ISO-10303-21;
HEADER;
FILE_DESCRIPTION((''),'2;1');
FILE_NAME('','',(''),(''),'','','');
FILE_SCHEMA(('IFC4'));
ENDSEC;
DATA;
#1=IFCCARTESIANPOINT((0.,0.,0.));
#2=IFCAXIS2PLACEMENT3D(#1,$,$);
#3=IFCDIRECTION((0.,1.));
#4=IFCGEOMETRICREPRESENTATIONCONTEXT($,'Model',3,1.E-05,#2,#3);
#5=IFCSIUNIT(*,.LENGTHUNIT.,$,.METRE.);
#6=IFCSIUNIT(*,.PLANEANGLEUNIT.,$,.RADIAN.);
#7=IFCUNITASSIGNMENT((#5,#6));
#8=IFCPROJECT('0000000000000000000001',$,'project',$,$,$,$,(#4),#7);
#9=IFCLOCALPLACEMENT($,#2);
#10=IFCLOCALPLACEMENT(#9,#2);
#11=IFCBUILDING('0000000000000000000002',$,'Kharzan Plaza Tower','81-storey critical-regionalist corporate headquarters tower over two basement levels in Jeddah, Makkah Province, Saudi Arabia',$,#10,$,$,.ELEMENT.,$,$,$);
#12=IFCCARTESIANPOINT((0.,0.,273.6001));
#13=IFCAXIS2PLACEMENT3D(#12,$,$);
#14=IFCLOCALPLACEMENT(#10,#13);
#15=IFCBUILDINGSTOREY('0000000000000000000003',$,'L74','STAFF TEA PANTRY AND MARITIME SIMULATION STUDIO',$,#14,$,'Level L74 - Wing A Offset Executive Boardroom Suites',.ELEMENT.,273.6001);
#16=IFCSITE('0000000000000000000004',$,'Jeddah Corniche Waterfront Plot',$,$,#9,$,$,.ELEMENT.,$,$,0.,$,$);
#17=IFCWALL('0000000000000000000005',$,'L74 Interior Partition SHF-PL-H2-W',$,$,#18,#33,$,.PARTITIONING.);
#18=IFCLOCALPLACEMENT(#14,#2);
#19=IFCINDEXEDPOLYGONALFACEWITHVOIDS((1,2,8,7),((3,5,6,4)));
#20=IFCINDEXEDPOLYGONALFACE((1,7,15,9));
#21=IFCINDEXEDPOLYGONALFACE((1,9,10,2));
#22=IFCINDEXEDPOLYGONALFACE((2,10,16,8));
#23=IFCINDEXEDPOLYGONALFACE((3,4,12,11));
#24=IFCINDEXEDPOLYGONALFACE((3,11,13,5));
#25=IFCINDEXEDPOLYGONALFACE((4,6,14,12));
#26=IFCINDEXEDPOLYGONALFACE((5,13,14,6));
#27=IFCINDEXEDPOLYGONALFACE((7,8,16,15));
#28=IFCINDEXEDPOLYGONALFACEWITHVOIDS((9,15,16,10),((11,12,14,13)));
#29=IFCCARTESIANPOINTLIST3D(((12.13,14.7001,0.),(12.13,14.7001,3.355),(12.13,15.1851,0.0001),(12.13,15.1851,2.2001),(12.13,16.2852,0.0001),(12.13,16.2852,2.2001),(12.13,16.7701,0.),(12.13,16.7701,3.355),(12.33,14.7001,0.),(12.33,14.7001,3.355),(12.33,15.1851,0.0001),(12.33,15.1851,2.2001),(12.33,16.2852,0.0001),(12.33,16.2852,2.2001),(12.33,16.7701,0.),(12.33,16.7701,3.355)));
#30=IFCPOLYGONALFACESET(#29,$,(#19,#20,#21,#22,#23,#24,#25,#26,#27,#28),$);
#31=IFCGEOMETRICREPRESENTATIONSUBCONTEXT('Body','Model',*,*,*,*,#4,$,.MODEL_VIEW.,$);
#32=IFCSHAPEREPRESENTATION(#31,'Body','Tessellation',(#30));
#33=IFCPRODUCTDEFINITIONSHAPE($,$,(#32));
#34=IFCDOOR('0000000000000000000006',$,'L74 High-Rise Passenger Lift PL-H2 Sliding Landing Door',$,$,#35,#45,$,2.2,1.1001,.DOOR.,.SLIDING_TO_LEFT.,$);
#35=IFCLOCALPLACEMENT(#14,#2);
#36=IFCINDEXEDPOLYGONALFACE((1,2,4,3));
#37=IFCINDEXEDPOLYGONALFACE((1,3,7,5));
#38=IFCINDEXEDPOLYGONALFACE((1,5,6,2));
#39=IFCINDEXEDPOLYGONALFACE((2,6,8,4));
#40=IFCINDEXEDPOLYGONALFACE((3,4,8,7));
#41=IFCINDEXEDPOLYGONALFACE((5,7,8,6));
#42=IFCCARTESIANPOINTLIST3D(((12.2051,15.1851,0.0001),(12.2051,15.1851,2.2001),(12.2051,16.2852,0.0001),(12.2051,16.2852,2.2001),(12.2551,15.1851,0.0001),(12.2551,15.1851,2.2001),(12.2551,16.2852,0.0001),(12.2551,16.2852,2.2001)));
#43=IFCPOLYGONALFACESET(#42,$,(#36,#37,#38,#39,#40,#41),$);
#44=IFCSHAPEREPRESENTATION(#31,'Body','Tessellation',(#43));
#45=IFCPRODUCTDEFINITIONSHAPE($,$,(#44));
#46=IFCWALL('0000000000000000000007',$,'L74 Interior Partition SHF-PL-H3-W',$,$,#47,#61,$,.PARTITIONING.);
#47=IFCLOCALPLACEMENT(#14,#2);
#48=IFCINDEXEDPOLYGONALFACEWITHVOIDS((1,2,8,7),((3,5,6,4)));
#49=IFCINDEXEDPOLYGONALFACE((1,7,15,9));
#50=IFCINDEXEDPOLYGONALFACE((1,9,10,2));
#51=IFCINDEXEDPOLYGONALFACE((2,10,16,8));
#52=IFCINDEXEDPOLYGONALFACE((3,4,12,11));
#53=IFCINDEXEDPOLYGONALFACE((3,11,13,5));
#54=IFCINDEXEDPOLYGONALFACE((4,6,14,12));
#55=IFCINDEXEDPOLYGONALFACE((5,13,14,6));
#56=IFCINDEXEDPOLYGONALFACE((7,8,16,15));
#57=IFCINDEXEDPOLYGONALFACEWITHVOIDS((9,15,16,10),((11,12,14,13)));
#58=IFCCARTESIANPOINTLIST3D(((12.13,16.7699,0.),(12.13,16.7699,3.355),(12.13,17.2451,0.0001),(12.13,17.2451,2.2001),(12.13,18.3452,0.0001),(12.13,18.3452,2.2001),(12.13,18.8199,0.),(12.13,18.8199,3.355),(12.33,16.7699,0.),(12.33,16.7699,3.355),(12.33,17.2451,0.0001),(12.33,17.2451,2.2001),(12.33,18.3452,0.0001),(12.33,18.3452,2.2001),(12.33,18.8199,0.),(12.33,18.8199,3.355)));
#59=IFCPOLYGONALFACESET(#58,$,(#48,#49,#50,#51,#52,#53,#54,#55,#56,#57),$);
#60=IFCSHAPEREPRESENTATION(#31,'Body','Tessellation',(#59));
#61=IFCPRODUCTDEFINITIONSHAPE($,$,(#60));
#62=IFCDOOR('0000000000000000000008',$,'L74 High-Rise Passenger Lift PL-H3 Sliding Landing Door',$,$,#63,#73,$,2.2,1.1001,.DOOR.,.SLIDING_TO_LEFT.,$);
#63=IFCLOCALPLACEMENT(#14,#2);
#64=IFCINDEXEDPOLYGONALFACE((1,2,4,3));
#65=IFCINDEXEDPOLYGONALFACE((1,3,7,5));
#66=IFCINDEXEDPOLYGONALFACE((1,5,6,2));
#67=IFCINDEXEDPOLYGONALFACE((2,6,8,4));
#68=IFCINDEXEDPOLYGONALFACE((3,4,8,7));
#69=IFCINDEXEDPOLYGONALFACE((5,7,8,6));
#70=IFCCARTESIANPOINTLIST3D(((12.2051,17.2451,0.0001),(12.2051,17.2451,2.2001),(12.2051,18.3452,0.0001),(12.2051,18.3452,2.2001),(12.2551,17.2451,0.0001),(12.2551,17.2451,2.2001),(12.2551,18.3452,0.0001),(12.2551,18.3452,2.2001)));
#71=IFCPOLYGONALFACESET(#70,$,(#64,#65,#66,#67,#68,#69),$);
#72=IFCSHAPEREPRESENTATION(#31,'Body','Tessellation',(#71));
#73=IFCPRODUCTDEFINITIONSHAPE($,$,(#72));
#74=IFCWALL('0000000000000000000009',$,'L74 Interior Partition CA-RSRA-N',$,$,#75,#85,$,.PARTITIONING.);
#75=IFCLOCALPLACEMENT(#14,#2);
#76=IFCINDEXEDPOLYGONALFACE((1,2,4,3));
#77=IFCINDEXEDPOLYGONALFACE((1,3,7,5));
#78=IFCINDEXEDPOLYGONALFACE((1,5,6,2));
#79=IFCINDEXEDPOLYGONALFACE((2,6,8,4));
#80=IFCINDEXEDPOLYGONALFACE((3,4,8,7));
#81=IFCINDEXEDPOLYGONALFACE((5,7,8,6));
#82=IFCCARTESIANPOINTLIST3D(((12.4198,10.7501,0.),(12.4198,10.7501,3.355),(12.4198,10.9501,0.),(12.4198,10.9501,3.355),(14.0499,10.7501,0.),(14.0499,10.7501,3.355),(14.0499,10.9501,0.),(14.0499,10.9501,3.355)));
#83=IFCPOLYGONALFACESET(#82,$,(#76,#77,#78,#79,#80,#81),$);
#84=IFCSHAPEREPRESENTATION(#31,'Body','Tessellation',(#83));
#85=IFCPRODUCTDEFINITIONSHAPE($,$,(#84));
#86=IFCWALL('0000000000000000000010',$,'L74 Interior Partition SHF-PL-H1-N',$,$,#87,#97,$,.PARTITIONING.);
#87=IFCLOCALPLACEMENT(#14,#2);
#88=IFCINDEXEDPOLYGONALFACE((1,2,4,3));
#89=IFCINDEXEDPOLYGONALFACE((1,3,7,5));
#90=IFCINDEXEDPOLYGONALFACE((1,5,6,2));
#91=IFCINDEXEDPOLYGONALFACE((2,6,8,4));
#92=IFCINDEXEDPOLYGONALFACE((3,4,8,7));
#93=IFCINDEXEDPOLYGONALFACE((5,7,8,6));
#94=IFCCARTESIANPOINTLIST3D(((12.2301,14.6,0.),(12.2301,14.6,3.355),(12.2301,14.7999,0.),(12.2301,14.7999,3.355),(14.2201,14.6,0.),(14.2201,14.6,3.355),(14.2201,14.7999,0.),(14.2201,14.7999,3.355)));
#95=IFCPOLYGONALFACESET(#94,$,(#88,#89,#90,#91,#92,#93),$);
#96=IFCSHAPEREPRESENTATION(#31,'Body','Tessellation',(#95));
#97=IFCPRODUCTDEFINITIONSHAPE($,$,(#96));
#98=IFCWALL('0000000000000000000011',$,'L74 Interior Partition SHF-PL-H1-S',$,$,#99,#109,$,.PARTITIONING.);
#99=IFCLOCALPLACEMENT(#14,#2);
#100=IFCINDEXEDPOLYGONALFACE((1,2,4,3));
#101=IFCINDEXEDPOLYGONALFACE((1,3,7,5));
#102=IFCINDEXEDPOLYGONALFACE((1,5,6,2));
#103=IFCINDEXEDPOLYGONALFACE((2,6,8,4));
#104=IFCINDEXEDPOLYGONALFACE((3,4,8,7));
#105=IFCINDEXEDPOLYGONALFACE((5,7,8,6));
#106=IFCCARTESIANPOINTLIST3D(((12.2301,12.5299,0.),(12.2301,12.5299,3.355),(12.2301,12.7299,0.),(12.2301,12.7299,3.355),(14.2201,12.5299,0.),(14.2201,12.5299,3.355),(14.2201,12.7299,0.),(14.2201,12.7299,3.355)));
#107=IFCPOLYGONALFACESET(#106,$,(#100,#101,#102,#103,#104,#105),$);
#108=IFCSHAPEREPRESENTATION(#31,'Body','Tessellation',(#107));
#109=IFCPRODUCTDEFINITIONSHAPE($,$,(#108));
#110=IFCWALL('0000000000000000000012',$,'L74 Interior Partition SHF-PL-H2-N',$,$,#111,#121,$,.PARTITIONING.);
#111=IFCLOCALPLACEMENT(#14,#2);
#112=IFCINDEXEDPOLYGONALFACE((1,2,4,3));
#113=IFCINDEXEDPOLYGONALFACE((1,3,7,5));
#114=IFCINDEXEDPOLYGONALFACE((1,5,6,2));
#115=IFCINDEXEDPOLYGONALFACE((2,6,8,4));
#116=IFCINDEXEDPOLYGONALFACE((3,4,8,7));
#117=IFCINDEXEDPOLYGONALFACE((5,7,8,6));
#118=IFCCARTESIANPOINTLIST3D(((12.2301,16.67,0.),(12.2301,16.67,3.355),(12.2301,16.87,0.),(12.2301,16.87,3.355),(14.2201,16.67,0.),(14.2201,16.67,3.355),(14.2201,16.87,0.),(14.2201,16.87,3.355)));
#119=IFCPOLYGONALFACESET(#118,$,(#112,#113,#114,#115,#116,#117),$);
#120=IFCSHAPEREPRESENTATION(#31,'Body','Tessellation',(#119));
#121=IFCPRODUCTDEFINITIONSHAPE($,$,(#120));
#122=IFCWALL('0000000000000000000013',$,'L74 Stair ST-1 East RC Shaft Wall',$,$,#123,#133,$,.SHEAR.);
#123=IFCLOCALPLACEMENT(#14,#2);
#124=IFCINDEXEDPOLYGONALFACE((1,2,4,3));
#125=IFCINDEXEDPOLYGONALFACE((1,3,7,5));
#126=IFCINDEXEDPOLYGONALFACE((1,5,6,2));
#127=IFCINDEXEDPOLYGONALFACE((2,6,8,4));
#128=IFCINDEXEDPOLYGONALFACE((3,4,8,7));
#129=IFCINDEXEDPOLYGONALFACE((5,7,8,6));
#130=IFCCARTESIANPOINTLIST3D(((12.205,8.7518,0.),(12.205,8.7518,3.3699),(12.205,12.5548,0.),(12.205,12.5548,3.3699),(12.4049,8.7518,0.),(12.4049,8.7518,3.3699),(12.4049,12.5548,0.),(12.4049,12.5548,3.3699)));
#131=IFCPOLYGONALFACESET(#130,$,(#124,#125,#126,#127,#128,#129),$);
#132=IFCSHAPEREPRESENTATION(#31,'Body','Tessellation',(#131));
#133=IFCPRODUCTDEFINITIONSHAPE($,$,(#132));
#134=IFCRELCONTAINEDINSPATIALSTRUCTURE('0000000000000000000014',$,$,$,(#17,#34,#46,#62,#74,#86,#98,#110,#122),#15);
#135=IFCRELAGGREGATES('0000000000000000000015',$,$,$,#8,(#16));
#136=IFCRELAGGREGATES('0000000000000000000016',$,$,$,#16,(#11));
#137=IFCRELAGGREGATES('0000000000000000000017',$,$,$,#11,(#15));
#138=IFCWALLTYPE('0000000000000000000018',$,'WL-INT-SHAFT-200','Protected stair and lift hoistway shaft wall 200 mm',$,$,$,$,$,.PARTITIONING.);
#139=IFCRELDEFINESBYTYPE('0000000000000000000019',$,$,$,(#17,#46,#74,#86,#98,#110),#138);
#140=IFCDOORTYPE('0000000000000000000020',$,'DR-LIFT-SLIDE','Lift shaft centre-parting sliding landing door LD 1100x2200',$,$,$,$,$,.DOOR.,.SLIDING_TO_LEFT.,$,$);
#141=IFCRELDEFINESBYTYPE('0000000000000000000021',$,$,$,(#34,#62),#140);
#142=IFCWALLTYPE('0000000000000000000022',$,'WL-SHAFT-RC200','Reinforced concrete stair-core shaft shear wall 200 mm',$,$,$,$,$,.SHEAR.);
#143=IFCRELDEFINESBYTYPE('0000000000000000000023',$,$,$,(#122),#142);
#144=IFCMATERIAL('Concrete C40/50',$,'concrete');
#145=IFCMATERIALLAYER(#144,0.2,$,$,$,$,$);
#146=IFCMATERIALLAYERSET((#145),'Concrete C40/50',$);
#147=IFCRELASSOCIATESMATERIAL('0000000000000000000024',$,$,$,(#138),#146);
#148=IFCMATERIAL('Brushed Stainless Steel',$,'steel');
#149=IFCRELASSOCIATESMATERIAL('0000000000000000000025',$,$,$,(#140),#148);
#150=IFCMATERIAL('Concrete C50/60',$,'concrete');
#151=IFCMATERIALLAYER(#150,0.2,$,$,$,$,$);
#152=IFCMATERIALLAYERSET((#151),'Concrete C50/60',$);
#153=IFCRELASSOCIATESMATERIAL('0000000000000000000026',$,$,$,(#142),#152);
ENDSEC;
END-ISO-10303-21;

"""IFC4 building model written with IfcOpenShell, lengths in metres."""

from ifc_helpers import new_model, si_unit, direction, frame, frame_2d, origin, place, context, subcontext, project, spatial, rectangle, extrude, source, transform, mapped, material, layer, layer_set, type_object, element, fill, save


model = new_model("IFC4")

# Units and contexts
model_context = context("Model", 3, precision=1e-05, world=origin(), true_north=direction((0.0, 1.0)))
body_context = subcontext(model_context, "Body", "Model", "MODEL_VIEW")
ifc_project = project(units=[si_unit("LENGTHUNIT", "METRE"), si_unit("PLANEANGLEUNIT", "RADIAN")], contexts=[model_context])

# Site, building, storey
site_placement = place(None, origin())
site = spatial("IfcSite", under=ifc_project, at=site_placement, Name="Jeddah Corniche Waterfront Plot", CompositionType="ELEMENT", RefElevation=0.0)
building_placement = place(site_placement, origin())
building = spatial("IfcBuilding", under=site, at=building_placement, Name="Kharzan Plaza Tower", Description="81-storey critical-regionalist corporate headquarters tower over two basement levels in Jeddah, Makkah Province, Saudi Arabia", CompositionType="ELEMENT")
storey_placement = place(building_placement, frame((0.0, 0.0, 273.6001)))
storey = spatial("IfcBuildingStorey", under=building, at=storey_placement, Name="L74", Description="STAFF TEA PANTRY AND MARITIME SIMULATION STUDIO", LongName="Level L74 - Wing A Offset Executive Boardroom Suites", CompositionType="ELEMENT", Elevation=273.6001)

# Walls, openings, doors
ifc_material_1 = material(Name="Concrete C40/50", Category="concrete")
ifc_layer_1 = layer(ifc_material_1, 0.2)
ifc_layer_set_1 = layer_set([ifc_layer_1], Name="Concrete C40/50")
wall_type_1 = type_object("IfcWallType", Name="WL-INT-SHAFT-200", Description="Protected stair and lift hoistway shaft wall 200 mm", PredefinedType="PARTITIONING", material=ifc_layer_set_1)
ifc_material_2 = material(Name="Brushed Stainless Steel", Category="steel")
door_type_1 = type_object("IfcDoorType", Name="DR-LIFT-SLIDE", Description="Lift shaft centre-parting sliding landing door LD 1100x2200", OperationType="SLIDING_TO_LEFT", PredefinedType="DOOR", material=ifc_material_2)
shared_shape_1 = source(origin(), body_context, "Body", "SweptSolid", [
    extrude(rectangle(XDim=1.1001, YDim=2.2, at=frame_2d((0.55, 1.1001))), frame((0.0, 0.0249, 0.0), z_axis=(0.0, -1.0, 0.0), x_axis=(1.0, 0.0, 0.0)), (0.0, 0.0, 1.0), 0.05),
])
wall_1_placement = place(storey_placement, frame((12.23, 14.7, 0.0), z_axis=(0.0, 0.0, 1.0), x_axis=(0.0, 1.0, 0.0)))
wall_1 = element("IfcWall", 1, at=wall_1_placement, inside=storey, type_object=wall_type_1, Name="L74 Interior Partition SHF-PL-H2-W", PredefinedType="PARTITIONING", context=body_context, shape_type="SweptSolid", body=[
    extrude(rectangle(XDim=2.0701, YDim=0.2, at=frame_2d((1.0352, 0.0))), origin(), (0.0, 0.0, 1.0), 3.355),
])
opening_1_placement = place(wall_1_placement, frame((0.4851, 0.0, 0.0)))
opening_1 = element("IfcOpeningElement", 2, at=opening_1_placement, cuts=wall_1, PredefinedType="OPENING", context=body_context, shape_type="SweptSolid", body=[
    extrude(rectangle(XDim=1.1001, YDim=2.2, at=frame_2d((0.55, 1.1001))), frame((0.0, 0.1099, 0.0), z_axis=(0.0, -1.0, 0.0), x_axis=(1.0, 0.0, 0.0)), (0.0, 0.0, 1.0), 0.22),
])
door_1_placement = place(opening_1_placement, origin())
door_1 = element("IfcDoor", 3, at=door_1_placement, inside=storey, type_object=door_type_1, Name="L74 High-Rise Passenger Lift PL-H2 Sliding Landing Door", OperationType="SLIDING_TO_LEFT", OverallHeight=2.2, OverallWidth=1.1001, PredefinedType="DOOR", context=body_context, shape_type="MappedRepresentation", body=[
    mapped(shared_shape_1, transform((0.0, 0.0, 0.0), x_axis=(1.0, 0.0, 0.0), y_axis=(0.0, 1.0, 0.0), z_axis=(0.0, 0.0, 1.0))),
])
fill(opening_1, door_1)
wall_2_placement = place(storey_placement, frame((12.23, 16.77, 0.0), z_axis=(0.0, 0.0, 1.0), x_axis=(0.0, 1.0, 0.0)))
wall_2 = element("IfcWall", 4, at=wall_2_placement, inside=storey, type_object=wall_type_1, Name="L74 Interior Partition SHF-PL-H3-W", PredefinedType="PARTITIONING", context=body_context, shape_type="SweptSolid", body=[
    extrude(rectangle(XDim=2.05, YDim=0.2, at=frame_2d((1.0249, 0.0))), origin(), (0.0, 0.0, 1.0), 3.355),
])
opening_2_placement = place(wall_2_placement, frame((0.4751, 0.0, 0.0)))
opening_2 = element("IfcOpeningElement", 5, at=opening_2_placement, cuts=wall_2, PredefinedType="OPENING", context=body_context, shape_type="SweptSolid", body=[
    extrude(rectangle(XDim=1.1001, YDim=2.2, at=frame_2d((0.55, 1.1001))), frame((0.0, 0.1099, 0.0), z_axis=(0.0, -1.0, 0.0), x_axis=(1.0, 0.0, 0.0)), (0.0, 0.0, 1.0), 0.22),
])
door_2_placement = place(opening_2_placement, origin())
door_2 = element("IfcDoor", 6, at=door_2_placement, inside=storey, type_object=door_type_1, Name="L74 High-Rise Passenger Lift PL-H3 Sliding Landing Door", OperationType="SLIDING_TO_LEFT", OverallHeight=2.2, OverallWidth=1.1001, PredefinedType="DOOR", context=body_context, shape_type="MappedRepresentation", body=[
    mapped(shared_shape_1, transform((0.0, 0.0, 0.0), x_axis=(1.0, 0.0, 0.0), y_axis=(0.0, 1.0, 0.0), z_axis=(0.0, 0.0, 1.0))),
])
fill(opening_2, door_2)

# Walls
shared_shape_2 = source(origin(), body_context, "Body", "SweptSolid", [
    extrude(rectangle(XDim=1.6301, YDim=0.2, at=frame_2d((0.8149, 0.0))), origin(), (0.0, 0.0, 1.0), 3.355),
])
wall_3_placement = place(storey_placement, frame((12.4199, 10.8501, 0.0), z_axis=(0.0, 0.0, 1.0), x_axis=(1.0, 0.0, 0.0)))
element("IfcWall", 7, at=wall_3_placement, inside=storey, type_object=wall_type_1, Name="L74 Interior Partition CA-RSRA-N", PredefinedType="PARTITIONING", context=body_context, shape_type="MappedRepresentation", body=[
    mapped(shared_shape_2, transform((0.0, 0.0, 0.0), x_axis=(1.0, 0.0, 0.0), y_axis=(0.0, 1.0, 0.0), z_axis=(0.0, 0.0, 1.0))),
])
shared_shape_3 = source(origin(), body_context, "Body", "SweptSolid", [
    extrude(rectangle(XDim=1.99, YDim=0.2, at=frame_2d((0.9951, 0.0))), origin(), (0.0, 0.0, 1.0), 3.355),
])
for number, where, z_axis, x_axis, name in (
    (8, (12.23, 14.7, 0.0), (0.0, 0.0, 1.0), (1.0, 0.0, 0.0), "L74 Interior Partition SHF-PL-H1-N"),
    (9, (12.23, 12.6299, 0.0), (0.0, 0.0, 1.0), (1.0, 0.0, 0.0), "L74 Interior Partition SHF-PL-H1-S"),
    (10, (12.23, 16.77, 0.0), (0.0, 0.0, 1.0), (1.0, 0.0, 0.0), "L74 Interior Partition SHF-PL-H2-N"),
):
    element("IfcWall", number, at=place(storey_placement, frame(where, z_axis=z_axis, x_axis=x_axis)), inside=storey, type_object=wall_type_1, Name=name, PredefinedType="PARTITIONING", context=body_context, shape_type="MappedRepresentation", body=[
        mapped(shared_shape_3, transform((0.0, 0.0, 0.0), x_axis=(1.0, 0.0, 0.0), y_axis=(0.0, 1.0, 0.0), z_axis=(0.0, 0.0, 1.0))),
    ])
ifc_material_3 = material(Name="Concrete C50/60", Category="concrete")
ifc_layer_2 = layer(ifc_material_3, 0.2)
ifc_layer_set_2 = layer_set([ifc_layer_2], Name="Concrete C50/60")
wall_type_2 = type_object("IfcWallType", Name="WL-SHAFT-RC200", Description="Reinforced concrete stair-core shaft shear wall 200 mm", PredefinedType="SHEAR", material=ifc_layer_set_2)
shared_shape_4 = source(origin(), body_context, "Body", "SweptSolid", [
    extrude(rectangle(XDim=3.803, YDim=0.2, at=frame_2d((1.9014, 0.0))), origin(), (0.0, 0.0, 1.0), 3.3699),
])
wall_4_placement = place(storey_placement, frame((12.3049, 8.752, 0.0), z_axis=(0.0, 0.0, 1.0), x_axis=(0.0, 1.0, 0.0)))
element("IfcWall", 11, at=wall_4_placement, inside=storey, type_object=wall_type_2, Name="L74 Stair ST-1 East RC Shaft Wall", PredefinedType="SHEAR", context=body_context, shape_type="MappedRepresentation", body=[
    mapped(shared_shape_4, transform((0.0, 0.0, 0.0), x_axis=(1.0, 0.0, 0.0), y_axis=(0.0, 1.0, 0.0), z_axis=(0.0, 0.0, 1.0))),
])

save(model, "model.ifc")
